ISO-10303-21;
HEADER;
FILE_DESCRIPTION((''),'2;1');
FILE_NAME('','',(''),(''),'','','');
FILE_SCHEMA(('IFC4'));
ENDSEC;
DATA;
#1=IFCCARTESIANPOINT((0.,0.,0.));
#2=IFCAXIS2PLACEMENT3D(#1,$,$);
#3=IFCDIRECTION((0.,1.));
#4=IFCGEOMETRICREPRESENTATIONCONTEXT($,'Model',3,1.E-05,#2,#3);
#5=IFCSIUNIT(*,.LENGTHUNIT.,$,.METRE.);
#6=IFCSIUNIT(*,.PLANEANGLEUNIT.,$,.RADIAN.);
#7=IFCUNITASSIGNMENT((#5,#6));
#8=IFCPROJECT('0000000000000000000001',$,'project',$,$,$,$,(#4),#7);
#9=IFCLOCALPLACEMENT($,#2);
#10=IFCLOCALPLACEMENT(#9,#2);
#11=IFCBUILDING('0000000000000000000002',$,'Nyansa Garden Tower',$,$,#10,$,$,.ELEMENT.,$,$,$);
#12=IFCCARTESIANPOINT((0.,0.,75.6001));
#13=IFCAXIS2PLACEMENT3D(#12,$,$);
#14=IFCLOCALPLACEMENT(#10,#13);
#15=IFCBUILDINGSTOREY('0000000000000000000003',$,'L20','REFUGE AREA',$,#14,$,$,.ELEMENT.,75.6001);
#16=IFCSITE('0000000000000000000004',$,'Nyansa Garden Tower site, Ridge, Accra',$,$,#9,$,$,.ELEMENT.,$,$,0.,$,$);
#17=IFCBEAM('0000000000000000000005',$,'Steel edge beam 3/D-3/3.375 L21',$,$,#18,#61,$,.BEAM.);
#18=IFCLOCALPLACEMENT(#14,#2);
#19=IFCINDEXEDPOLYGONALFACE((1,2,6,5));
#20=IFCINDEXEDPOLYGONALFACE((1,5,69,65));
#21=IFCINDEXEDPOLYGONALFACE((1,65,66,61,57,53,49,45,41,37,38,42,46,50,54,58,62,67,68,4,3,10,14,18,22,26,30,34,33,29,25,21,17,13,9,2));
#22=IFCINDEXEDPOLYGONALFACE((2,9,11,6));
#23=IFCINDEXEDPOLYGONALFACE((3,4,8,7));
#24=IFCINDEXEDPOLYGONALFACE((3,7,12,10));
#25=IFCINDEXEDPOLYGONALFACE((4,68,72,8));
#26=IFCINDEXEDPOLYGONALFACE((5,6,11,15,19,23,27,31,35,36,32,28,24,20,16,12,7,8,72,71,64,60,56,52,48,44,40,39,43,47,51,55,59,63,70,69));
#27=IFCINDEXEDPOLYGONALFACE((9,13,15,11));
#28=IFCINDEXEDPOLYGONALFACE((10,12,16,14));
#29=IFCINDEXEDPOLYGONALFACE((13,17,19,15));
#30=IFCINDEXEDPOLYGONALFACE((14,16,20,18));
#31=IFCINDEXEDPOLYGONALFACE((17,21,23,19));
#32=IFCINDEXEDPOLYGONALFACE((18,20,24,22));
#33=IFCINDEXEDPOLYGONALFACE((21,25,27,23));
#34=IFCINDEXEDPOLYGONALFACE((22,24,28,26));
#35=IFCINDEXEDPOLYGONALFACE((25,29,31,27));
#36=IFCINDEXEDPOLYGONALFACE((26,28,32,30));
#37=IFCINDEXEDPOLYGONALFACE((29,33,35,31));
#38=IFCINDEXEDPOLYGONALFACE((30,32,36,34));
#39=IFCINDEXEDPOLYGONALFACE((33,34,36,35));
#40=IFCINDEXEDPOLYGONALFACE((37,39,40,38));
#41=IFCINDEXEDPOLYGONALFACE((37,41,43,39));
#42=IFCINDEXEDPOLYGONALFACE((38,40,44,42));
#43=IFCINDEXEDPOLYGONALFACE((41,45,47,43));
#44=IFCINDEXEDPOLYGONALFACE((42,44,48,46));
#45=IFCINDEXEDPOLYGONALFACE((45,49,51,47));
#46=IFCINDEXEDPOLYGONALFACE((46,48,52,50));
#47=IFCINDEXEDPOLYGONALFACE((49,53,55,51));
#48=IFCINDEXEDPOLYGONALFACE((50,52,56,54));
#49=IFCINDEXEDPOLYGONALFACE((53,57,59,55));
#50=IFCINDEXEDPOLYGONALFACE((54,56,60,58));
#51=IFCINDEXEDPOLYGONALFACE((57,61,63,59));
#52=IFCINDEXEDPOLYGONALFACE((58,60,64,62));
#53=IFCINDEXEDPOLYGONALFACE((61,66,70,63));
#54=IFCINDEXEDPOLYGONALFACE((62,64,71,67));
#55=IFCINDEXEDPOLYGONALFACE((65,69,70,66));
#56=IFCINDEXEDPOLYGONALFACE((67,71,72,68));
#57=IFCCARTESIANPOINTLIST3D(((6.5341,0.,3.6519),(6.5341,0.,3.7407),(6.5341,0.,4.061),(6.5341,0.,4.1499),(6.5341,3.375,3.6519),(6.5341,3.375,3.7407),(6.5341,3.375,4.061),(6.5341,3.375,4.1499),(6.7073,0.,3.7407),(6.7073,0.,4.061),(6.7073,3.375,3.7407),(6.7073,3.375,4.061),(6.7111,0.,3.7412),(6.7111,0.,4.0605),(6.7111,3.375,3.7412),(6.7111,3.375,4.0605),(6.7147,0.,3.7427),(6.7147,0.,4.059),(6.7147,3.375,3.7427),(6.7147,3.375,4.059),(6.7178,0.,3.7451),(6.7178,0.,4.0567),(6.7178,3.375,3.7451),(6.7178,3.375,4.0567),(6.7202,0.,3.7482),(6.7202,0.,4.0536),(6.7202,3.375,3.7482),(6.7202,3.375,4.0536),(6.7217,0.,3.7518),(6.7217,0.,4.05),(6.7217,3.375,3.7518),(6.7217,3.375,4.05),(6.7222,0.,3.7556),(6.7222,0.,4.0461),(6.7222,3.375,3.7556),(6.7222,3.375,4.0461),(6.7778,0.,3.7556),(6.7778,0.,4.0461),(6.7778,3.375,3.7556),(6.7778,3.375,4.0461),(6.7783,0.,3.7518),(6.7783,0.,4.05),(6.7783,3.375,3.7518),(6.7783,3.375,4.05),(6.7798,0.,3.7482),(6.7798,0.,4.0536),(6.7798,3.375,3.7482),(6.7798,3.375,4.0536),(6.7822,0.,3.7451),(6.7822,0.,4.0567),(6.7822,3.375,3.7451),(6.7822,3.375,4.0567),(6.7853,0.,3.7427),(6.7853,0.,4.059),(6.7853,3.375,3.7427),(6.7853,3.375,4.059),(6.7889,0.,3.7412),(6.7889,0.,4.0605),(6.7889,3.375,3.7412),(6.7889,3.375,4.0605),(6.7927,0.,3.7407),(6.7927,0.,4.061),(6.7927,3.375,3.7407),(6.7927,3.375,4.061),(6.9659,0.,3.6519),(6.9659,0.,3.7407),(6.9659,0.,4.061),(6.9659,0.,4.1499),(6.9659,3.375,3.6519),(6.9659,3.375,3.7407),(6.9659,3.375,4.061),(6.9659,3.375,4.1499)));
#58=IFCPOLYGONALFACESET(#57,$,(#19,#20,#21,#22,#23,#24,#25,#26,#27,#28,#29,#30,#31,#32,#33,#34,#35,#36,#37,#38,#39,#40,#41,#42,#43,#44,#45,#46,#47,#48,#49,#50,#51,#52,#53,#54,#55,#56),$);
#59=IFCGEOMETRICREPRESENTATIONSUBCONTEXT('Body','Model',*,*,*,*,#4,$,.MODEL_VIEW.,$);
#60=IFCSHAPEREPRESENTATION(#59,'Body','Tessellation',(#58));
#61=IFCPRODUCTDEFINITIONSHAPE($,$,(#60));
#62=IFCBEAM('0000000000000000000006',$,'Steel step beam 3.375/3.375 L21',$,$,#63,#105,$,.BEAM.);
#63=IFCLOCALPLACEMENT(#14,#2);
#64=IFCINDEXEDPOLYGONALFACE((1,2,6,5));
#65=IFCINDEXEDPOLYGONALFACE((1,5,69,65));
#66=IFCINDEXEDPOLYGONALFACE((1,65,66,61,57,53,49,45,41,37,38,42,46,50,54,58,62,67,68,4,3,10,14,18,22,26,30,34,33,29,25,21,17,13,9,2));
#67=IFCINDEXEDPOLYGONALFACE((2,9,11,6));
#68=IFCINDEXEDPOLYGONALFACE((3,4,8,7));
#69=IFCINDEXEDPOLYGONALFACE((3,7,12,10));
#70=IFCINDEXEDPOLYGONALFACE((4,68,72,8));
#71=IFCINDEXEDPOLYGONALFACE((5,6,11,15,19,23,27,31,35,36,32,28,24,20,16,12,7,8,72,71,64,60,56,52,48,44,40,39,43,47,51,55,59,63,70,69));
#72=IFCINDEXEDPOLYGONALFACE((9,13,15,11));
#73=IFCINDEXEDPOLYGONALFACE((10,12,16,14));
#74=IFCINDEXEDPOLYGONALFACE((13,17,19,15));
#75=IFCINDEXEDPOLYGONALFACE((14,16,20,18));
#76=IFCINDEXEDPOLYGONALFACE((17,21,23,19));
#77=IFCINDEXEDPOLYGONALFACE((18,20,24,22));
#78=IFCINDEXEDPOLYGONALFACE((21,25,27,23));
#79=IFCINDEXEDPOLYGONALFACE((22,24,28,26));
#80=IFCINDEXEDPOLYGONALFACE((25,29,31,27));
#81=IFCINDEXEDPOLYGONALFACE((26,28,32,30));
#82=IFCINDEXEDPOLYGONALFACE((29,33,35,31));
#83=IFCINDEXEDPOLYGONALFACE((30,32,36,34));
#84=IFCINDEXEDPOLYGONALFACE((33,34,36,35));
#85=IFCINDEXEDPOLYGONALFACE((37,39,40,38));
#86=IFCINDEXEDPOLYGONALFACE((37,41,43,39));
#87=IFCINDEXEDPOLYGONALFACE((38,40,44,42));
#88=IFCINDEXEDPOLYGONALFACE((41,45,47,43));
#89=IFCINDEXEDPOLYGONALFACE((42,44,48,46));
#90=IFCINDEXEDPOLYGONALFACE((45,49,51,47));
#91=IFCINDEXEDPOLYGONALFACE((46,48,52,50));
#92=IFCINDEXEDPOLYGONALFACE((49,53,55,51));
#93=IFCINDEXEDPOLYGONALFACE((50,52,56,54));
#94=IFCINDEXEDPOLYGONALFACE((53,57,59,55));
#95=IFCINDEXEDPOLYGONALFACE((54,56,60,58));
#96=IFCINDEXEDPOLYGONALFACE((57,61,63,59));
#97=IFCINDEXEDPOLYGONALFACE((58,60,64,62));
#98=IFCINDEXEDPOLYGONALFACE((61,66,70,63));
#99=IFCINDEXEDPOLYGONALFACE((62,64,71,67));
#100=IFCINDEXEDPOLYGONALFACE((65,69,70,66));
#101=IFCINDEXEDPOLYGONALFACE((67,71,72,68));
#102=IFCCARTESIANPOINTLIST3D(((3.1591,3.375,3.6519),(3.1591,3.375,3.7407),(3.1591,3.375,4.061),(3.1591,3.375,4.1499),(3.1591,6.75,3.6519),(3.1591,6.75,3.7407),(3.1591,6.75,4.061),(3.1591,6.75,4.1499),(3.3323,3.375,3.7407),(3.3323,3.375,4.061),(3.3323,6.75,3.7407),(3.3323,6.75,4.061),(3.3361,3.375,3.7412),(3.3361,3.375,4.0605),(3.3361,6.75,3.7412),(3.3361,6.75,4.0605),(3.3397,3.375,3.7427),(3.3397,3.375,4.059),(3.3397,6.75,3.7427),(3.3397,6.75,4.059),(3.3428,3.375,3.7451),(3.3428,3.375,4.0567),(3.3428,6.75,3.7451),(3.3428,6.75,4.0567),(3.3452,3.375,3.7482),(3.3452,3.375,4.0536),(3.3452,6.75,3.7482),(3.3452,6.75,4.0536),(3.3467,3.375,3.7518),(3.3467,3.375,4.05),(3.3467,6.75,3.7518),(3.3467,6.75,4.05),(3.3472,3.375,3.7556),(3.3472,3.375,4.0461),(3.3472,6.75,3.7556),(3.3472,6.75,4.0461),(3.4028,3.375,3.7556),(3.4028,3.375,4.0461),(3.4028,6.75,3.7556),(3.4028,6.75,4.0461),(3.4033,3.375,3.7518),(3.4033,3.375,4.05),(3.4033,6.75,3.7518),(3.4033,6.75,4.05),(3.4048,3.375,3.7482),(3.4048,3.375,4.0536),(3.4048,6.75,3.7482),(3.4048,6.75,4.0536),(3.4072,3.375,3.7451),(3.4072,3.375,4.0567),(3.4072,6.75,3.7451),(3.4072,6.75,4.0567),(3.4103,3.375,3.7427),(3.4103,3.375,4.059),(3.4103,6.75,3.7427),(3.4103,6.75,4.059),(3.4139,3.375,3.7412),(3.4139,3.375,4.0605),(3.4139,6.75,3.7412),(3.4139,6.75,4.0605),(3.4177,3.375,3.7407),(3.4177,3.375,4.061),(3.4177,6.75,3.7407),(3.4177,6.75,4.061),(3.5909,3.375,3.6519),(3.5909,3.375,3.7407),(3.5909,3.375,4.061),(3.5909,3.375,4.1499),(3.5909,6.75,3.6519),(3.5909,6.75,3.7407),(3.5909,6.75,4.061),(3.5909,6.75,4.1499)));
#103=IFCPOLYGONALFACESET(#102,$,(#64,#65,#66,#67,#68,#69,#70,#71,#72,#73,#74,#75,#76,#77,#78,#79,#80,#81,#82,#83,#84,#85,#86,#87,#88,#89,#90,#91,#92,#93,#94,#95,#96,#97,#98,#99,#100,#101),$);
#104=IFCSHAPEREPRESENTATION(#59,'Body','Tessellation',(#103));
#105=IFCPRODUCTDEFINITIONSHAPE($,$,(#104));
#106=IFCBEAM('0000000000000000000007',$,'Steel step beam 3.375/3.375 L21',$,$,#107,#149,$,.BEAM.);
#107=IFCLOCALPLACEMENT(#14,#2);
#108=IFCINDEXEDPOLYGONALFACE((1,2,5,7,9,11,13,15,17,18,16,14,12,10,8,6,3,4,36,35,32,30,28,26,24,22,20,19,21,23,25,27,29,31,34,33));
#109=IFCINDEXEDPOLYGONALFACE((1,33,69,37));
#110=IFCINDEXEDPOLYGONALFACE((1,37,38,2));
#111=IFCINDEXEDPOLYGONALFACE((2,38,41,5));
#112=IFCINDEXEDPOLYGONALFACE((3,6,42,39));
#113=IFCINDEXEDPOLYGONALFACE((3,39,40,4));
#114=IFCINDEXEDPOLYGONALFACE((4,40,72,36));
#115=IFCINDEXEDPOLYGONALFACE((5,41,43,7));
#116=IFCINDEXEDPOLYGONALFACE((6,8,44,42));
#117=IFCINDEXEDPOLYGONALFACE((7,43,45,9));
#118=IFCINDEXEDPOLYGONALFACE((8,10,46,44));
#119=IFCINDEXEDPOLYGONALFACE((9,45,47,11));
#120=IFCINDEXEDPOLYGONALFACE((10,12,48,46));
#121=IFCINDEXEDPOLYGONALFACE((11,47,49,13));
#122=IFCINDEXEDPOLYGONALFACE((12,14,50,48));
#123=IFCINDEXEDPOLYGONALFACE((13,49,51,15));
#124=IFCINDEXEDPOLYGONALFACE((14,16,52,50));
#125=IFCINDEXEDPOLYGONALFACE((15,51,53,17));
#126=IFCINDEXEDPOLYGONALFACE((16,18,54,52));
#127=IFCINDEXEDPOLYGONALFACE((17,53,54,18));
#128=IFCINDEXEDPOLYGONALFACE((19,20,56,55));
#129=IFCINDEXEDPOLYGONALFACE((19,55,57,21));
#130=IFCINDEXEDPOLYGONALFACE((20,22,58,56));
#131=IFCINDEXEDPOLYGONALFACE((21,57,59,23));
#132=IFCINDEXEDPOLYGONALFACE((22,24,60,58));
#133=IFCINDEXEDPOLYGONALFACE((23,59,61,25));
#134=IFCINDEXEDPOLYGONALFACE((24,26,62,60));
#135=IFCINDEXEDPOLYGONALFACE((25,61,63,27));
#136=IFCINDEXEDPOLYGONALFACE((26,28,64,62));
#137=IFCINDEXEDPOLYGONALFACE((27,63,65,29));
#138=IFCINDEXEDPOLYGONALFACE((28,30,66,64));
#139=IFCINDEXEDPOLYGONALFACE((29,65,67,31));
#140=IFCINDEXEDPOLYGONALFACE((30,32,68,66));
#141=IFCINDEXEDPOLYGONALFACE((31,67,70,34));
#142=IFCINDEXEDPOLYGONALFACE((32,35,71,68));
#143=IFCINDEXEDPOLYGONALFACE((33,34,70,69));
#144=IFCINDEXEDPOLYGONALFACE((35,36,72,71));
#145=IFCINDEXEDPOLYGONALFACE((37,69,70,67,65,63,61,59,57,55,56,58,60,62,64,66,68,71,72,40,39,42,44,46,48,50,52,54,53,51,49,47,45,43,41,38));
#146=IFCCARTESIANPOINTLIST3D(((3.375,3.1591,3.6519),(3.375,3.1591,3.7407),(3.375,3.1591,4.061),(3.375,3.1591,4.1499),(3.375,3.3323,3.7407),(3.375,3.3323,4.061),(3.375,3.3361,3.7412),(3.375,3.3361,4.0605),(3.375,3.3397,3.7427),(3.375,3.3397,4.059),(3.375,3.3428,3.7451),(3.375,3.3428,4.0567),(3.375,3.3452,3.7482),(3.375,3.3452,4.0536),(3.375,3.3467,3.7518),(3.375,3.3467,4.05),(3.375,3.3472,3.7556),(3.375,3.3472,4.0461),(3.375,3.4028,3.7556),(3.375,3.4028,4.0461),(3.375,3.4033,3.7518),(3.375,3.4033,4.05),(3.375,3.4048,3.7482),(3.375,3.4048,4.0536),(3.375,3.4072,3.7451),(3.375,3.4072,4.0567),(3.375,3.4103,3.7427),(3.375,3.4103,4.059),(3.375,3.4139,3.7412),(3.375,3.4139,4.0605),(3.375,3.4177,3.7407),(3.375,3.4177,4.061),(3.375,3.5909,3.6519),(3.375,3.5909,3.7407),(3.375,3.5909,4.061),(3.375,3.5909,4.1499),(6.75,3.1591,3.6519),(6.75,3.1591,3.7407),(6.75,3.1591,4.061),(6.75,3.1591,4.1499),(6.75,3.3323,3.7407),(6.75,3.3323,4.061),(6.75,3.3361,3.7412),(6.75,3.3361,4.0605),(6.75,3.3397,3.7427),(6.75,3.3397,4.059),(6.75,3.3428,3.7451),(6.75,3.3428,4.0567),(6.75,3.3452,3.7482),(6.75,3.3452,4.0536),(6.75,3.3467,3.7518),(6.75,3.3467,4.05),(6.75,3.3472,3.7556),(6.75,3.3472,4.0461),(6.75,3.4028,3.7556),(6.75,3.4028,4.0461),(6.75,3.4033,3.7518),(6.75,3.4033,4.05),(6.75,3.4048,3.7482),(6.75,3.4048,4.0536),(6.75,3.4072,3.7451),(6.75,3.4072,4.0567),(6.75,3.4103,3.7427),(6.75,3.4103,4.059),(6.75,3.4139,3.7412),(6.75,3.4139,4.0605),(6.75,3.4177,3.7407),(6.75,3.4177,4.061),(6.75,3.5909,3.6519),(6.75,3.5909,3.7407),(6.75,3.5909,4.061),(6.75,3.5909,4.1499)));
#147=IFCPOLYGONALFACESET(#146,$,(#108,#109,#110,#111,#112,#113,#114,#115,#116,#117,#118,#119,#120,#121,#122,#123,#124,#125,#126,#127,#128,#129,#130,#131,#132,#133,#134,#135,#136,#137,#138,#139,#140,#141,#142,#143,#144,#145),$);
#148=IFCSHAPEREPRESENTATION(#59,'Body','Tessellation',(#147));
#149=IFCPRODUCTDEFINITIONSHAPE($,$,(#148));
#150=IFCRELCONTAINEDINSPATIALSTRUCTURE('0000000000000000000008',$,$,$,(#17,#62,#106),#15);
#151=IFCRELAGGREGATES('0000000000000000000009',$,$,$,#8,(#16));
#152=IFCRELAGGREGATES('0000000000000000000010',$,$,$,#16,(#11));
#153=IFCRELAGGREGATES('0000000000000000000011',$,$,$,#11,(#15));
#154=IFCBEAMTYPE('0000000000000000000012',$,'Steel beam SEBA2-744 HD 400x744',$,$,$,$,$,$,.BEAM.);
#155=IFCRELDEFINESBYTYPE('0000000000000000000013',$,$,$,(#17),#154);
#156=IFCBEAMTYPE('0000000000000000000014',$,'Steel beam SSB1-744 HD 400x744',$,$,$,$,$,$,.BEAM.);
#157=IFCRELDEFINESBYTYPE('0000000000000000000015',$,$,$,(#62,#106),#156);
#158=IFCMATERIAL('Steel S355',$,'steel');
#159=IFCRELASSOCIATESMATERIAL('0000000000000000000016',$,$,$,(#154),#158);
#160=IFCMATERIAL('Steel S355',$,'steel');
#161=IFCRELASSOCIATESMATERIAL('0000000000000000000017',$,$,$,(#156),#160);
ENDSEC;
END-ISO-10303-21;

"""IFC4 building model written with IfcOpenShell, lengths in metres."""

from ifc_helpers import new_model, si_unit, direction, frame, origin, origin_2d, place, context, subcontext, project, spatial, i_section, extrude, material, material_profile, profile_set, type_object, element, save


model = new_model("IFC4")

# Units and contexts
model_context = context("Model", 3, precision=1e-05, world=origin(), true_north=direction((0.0, 1.0)))
body_context = subcontext(model_context, "Body", "Model", "MODEL_VIEW")
ifc_project = project(units=[si_unit("LENGTHUNIT", "METRE"), si_unit("PLANEANGLEUNIT", "RADIAN")], contexts=[model_context])

# Site, building, storey
site_placement = place(None, origin())
site = spatial("IfcSite", under=ifc_project, at=site_placement, Name="Nyansa Garden Tower site, Ridge, Accra", CompositionType="ELEMENT", RefElevation=0.0)
building_placement = place(site_placement, origin())
building = spatial("IfcBuilding", under=site, at=building_placement, Name="Nyansa Garden Tower", CompositionType="ELEMENT")
storey_placement = place(building_placement, frame((0.0, 0.0, 75.6001)))
storey = spatial("IfcBuildingStorey", under=building, at=storey_placement, Name="L20", Description="REFUGE AREA", CompositionType="ELEMENT", Elevation=75.6001)

# Beams
ifc_material_1 = material(Name="Steel S355", Category="steel")
ifc_material_profile_1 = material_profile(ifc_material_1, i_section(OverallWidth=0.4319, OverallDepth=0.498, WebThickness=0.0557, FlangeThickness=0.0889, FilletRadius=0.0149, at=origin_2d()), Name="HD 400x744")
ifc_profile_set_1 = profile_set([ifc_material_profile_1], Name="Steel S355")
beam_type_1 = type_object("IfcBeamType", Name="Steel beam SEBA2-744 HD 400x744", PredefinedType="BEAM", material=ifc_profile_set_1)
beam_1_placement = place(storey_placement, frame((6.75, 0.0, 3.9009), z_axis=(0.0, 1.0, 0.0), x_axis=(-1.0, 0.0, 0.0)))
element("IfcBeam", 1, at=beam_1_placement, inside=storey, type_object=beam_type_1, Name="Steel edge beam 3/D-3/3.375 L21", PredefinedType="BEAM", context=body_context, shape_type="SweptSolid", body=[
    extrude(i_section(OverallWidth=0.4319, OverallDepth=0.498, WebThickness=0.0557, FlangeThickness=0.0889, FilletRadius=0.0149, at=origin_2d()), origin(), (0.0, 0.0, 1.0), 3.375),
])
ifc_material_2 = material(Name="Steel S355", Category="steel")
ifc_material_profile_2 = material_profile(ifc_material_2, i_section(OverallWidth=0.4319, OverallDepth=0.498, WebThickness=0.0557, FlangeThickness=0.0889, FilletRadius=0.0149, at=origin_2d()), Name="HD 400x744")
ifc_profile_set_2 = profile_set([ifc_material_profile_2], Name="Steel S355")
beam_type_2 = type_object("IfcBeamType", Name="Steel beam SSB1-744 HD 400x744", PredefinedType="BEAM", material=ifc_profile_set_2)
for number, where, z_axis, x_axis, name in (
    (2, (3.375, 3.375, 3.9009), (0.0, 1.0, 0.0), (-1.0, 0.0, 0.0), "Steel step beam 3.375/3.375 L21"),
    (3, (3.375, 3.375, 3.9009), (1.0, 0.0, 0.0), (0.0, 1.0, 0.0), "Steel step beam 3.375/3.375 L21"),
):
    element("IfcBeam", number, at=place(storey_placement, frame(where, z_axis=z_axis, x_axis=x_axis)), inside=storey, type_object=beam_type_2, Name=name, PredefinedType="BEAM", context=body_context, shape_type="SweptSolid", body=[
        extrude(i_section(OverallWidth=0.4319, OverallDepth=0.498, WebThickness=0.0557, FlangeThickness=0.0889, FilletRadius=0.0149, at=origin_2d()), origin(), (0.0, 0.0, 1.0), 3.375),
    ])

save(model, "model.ifc")
